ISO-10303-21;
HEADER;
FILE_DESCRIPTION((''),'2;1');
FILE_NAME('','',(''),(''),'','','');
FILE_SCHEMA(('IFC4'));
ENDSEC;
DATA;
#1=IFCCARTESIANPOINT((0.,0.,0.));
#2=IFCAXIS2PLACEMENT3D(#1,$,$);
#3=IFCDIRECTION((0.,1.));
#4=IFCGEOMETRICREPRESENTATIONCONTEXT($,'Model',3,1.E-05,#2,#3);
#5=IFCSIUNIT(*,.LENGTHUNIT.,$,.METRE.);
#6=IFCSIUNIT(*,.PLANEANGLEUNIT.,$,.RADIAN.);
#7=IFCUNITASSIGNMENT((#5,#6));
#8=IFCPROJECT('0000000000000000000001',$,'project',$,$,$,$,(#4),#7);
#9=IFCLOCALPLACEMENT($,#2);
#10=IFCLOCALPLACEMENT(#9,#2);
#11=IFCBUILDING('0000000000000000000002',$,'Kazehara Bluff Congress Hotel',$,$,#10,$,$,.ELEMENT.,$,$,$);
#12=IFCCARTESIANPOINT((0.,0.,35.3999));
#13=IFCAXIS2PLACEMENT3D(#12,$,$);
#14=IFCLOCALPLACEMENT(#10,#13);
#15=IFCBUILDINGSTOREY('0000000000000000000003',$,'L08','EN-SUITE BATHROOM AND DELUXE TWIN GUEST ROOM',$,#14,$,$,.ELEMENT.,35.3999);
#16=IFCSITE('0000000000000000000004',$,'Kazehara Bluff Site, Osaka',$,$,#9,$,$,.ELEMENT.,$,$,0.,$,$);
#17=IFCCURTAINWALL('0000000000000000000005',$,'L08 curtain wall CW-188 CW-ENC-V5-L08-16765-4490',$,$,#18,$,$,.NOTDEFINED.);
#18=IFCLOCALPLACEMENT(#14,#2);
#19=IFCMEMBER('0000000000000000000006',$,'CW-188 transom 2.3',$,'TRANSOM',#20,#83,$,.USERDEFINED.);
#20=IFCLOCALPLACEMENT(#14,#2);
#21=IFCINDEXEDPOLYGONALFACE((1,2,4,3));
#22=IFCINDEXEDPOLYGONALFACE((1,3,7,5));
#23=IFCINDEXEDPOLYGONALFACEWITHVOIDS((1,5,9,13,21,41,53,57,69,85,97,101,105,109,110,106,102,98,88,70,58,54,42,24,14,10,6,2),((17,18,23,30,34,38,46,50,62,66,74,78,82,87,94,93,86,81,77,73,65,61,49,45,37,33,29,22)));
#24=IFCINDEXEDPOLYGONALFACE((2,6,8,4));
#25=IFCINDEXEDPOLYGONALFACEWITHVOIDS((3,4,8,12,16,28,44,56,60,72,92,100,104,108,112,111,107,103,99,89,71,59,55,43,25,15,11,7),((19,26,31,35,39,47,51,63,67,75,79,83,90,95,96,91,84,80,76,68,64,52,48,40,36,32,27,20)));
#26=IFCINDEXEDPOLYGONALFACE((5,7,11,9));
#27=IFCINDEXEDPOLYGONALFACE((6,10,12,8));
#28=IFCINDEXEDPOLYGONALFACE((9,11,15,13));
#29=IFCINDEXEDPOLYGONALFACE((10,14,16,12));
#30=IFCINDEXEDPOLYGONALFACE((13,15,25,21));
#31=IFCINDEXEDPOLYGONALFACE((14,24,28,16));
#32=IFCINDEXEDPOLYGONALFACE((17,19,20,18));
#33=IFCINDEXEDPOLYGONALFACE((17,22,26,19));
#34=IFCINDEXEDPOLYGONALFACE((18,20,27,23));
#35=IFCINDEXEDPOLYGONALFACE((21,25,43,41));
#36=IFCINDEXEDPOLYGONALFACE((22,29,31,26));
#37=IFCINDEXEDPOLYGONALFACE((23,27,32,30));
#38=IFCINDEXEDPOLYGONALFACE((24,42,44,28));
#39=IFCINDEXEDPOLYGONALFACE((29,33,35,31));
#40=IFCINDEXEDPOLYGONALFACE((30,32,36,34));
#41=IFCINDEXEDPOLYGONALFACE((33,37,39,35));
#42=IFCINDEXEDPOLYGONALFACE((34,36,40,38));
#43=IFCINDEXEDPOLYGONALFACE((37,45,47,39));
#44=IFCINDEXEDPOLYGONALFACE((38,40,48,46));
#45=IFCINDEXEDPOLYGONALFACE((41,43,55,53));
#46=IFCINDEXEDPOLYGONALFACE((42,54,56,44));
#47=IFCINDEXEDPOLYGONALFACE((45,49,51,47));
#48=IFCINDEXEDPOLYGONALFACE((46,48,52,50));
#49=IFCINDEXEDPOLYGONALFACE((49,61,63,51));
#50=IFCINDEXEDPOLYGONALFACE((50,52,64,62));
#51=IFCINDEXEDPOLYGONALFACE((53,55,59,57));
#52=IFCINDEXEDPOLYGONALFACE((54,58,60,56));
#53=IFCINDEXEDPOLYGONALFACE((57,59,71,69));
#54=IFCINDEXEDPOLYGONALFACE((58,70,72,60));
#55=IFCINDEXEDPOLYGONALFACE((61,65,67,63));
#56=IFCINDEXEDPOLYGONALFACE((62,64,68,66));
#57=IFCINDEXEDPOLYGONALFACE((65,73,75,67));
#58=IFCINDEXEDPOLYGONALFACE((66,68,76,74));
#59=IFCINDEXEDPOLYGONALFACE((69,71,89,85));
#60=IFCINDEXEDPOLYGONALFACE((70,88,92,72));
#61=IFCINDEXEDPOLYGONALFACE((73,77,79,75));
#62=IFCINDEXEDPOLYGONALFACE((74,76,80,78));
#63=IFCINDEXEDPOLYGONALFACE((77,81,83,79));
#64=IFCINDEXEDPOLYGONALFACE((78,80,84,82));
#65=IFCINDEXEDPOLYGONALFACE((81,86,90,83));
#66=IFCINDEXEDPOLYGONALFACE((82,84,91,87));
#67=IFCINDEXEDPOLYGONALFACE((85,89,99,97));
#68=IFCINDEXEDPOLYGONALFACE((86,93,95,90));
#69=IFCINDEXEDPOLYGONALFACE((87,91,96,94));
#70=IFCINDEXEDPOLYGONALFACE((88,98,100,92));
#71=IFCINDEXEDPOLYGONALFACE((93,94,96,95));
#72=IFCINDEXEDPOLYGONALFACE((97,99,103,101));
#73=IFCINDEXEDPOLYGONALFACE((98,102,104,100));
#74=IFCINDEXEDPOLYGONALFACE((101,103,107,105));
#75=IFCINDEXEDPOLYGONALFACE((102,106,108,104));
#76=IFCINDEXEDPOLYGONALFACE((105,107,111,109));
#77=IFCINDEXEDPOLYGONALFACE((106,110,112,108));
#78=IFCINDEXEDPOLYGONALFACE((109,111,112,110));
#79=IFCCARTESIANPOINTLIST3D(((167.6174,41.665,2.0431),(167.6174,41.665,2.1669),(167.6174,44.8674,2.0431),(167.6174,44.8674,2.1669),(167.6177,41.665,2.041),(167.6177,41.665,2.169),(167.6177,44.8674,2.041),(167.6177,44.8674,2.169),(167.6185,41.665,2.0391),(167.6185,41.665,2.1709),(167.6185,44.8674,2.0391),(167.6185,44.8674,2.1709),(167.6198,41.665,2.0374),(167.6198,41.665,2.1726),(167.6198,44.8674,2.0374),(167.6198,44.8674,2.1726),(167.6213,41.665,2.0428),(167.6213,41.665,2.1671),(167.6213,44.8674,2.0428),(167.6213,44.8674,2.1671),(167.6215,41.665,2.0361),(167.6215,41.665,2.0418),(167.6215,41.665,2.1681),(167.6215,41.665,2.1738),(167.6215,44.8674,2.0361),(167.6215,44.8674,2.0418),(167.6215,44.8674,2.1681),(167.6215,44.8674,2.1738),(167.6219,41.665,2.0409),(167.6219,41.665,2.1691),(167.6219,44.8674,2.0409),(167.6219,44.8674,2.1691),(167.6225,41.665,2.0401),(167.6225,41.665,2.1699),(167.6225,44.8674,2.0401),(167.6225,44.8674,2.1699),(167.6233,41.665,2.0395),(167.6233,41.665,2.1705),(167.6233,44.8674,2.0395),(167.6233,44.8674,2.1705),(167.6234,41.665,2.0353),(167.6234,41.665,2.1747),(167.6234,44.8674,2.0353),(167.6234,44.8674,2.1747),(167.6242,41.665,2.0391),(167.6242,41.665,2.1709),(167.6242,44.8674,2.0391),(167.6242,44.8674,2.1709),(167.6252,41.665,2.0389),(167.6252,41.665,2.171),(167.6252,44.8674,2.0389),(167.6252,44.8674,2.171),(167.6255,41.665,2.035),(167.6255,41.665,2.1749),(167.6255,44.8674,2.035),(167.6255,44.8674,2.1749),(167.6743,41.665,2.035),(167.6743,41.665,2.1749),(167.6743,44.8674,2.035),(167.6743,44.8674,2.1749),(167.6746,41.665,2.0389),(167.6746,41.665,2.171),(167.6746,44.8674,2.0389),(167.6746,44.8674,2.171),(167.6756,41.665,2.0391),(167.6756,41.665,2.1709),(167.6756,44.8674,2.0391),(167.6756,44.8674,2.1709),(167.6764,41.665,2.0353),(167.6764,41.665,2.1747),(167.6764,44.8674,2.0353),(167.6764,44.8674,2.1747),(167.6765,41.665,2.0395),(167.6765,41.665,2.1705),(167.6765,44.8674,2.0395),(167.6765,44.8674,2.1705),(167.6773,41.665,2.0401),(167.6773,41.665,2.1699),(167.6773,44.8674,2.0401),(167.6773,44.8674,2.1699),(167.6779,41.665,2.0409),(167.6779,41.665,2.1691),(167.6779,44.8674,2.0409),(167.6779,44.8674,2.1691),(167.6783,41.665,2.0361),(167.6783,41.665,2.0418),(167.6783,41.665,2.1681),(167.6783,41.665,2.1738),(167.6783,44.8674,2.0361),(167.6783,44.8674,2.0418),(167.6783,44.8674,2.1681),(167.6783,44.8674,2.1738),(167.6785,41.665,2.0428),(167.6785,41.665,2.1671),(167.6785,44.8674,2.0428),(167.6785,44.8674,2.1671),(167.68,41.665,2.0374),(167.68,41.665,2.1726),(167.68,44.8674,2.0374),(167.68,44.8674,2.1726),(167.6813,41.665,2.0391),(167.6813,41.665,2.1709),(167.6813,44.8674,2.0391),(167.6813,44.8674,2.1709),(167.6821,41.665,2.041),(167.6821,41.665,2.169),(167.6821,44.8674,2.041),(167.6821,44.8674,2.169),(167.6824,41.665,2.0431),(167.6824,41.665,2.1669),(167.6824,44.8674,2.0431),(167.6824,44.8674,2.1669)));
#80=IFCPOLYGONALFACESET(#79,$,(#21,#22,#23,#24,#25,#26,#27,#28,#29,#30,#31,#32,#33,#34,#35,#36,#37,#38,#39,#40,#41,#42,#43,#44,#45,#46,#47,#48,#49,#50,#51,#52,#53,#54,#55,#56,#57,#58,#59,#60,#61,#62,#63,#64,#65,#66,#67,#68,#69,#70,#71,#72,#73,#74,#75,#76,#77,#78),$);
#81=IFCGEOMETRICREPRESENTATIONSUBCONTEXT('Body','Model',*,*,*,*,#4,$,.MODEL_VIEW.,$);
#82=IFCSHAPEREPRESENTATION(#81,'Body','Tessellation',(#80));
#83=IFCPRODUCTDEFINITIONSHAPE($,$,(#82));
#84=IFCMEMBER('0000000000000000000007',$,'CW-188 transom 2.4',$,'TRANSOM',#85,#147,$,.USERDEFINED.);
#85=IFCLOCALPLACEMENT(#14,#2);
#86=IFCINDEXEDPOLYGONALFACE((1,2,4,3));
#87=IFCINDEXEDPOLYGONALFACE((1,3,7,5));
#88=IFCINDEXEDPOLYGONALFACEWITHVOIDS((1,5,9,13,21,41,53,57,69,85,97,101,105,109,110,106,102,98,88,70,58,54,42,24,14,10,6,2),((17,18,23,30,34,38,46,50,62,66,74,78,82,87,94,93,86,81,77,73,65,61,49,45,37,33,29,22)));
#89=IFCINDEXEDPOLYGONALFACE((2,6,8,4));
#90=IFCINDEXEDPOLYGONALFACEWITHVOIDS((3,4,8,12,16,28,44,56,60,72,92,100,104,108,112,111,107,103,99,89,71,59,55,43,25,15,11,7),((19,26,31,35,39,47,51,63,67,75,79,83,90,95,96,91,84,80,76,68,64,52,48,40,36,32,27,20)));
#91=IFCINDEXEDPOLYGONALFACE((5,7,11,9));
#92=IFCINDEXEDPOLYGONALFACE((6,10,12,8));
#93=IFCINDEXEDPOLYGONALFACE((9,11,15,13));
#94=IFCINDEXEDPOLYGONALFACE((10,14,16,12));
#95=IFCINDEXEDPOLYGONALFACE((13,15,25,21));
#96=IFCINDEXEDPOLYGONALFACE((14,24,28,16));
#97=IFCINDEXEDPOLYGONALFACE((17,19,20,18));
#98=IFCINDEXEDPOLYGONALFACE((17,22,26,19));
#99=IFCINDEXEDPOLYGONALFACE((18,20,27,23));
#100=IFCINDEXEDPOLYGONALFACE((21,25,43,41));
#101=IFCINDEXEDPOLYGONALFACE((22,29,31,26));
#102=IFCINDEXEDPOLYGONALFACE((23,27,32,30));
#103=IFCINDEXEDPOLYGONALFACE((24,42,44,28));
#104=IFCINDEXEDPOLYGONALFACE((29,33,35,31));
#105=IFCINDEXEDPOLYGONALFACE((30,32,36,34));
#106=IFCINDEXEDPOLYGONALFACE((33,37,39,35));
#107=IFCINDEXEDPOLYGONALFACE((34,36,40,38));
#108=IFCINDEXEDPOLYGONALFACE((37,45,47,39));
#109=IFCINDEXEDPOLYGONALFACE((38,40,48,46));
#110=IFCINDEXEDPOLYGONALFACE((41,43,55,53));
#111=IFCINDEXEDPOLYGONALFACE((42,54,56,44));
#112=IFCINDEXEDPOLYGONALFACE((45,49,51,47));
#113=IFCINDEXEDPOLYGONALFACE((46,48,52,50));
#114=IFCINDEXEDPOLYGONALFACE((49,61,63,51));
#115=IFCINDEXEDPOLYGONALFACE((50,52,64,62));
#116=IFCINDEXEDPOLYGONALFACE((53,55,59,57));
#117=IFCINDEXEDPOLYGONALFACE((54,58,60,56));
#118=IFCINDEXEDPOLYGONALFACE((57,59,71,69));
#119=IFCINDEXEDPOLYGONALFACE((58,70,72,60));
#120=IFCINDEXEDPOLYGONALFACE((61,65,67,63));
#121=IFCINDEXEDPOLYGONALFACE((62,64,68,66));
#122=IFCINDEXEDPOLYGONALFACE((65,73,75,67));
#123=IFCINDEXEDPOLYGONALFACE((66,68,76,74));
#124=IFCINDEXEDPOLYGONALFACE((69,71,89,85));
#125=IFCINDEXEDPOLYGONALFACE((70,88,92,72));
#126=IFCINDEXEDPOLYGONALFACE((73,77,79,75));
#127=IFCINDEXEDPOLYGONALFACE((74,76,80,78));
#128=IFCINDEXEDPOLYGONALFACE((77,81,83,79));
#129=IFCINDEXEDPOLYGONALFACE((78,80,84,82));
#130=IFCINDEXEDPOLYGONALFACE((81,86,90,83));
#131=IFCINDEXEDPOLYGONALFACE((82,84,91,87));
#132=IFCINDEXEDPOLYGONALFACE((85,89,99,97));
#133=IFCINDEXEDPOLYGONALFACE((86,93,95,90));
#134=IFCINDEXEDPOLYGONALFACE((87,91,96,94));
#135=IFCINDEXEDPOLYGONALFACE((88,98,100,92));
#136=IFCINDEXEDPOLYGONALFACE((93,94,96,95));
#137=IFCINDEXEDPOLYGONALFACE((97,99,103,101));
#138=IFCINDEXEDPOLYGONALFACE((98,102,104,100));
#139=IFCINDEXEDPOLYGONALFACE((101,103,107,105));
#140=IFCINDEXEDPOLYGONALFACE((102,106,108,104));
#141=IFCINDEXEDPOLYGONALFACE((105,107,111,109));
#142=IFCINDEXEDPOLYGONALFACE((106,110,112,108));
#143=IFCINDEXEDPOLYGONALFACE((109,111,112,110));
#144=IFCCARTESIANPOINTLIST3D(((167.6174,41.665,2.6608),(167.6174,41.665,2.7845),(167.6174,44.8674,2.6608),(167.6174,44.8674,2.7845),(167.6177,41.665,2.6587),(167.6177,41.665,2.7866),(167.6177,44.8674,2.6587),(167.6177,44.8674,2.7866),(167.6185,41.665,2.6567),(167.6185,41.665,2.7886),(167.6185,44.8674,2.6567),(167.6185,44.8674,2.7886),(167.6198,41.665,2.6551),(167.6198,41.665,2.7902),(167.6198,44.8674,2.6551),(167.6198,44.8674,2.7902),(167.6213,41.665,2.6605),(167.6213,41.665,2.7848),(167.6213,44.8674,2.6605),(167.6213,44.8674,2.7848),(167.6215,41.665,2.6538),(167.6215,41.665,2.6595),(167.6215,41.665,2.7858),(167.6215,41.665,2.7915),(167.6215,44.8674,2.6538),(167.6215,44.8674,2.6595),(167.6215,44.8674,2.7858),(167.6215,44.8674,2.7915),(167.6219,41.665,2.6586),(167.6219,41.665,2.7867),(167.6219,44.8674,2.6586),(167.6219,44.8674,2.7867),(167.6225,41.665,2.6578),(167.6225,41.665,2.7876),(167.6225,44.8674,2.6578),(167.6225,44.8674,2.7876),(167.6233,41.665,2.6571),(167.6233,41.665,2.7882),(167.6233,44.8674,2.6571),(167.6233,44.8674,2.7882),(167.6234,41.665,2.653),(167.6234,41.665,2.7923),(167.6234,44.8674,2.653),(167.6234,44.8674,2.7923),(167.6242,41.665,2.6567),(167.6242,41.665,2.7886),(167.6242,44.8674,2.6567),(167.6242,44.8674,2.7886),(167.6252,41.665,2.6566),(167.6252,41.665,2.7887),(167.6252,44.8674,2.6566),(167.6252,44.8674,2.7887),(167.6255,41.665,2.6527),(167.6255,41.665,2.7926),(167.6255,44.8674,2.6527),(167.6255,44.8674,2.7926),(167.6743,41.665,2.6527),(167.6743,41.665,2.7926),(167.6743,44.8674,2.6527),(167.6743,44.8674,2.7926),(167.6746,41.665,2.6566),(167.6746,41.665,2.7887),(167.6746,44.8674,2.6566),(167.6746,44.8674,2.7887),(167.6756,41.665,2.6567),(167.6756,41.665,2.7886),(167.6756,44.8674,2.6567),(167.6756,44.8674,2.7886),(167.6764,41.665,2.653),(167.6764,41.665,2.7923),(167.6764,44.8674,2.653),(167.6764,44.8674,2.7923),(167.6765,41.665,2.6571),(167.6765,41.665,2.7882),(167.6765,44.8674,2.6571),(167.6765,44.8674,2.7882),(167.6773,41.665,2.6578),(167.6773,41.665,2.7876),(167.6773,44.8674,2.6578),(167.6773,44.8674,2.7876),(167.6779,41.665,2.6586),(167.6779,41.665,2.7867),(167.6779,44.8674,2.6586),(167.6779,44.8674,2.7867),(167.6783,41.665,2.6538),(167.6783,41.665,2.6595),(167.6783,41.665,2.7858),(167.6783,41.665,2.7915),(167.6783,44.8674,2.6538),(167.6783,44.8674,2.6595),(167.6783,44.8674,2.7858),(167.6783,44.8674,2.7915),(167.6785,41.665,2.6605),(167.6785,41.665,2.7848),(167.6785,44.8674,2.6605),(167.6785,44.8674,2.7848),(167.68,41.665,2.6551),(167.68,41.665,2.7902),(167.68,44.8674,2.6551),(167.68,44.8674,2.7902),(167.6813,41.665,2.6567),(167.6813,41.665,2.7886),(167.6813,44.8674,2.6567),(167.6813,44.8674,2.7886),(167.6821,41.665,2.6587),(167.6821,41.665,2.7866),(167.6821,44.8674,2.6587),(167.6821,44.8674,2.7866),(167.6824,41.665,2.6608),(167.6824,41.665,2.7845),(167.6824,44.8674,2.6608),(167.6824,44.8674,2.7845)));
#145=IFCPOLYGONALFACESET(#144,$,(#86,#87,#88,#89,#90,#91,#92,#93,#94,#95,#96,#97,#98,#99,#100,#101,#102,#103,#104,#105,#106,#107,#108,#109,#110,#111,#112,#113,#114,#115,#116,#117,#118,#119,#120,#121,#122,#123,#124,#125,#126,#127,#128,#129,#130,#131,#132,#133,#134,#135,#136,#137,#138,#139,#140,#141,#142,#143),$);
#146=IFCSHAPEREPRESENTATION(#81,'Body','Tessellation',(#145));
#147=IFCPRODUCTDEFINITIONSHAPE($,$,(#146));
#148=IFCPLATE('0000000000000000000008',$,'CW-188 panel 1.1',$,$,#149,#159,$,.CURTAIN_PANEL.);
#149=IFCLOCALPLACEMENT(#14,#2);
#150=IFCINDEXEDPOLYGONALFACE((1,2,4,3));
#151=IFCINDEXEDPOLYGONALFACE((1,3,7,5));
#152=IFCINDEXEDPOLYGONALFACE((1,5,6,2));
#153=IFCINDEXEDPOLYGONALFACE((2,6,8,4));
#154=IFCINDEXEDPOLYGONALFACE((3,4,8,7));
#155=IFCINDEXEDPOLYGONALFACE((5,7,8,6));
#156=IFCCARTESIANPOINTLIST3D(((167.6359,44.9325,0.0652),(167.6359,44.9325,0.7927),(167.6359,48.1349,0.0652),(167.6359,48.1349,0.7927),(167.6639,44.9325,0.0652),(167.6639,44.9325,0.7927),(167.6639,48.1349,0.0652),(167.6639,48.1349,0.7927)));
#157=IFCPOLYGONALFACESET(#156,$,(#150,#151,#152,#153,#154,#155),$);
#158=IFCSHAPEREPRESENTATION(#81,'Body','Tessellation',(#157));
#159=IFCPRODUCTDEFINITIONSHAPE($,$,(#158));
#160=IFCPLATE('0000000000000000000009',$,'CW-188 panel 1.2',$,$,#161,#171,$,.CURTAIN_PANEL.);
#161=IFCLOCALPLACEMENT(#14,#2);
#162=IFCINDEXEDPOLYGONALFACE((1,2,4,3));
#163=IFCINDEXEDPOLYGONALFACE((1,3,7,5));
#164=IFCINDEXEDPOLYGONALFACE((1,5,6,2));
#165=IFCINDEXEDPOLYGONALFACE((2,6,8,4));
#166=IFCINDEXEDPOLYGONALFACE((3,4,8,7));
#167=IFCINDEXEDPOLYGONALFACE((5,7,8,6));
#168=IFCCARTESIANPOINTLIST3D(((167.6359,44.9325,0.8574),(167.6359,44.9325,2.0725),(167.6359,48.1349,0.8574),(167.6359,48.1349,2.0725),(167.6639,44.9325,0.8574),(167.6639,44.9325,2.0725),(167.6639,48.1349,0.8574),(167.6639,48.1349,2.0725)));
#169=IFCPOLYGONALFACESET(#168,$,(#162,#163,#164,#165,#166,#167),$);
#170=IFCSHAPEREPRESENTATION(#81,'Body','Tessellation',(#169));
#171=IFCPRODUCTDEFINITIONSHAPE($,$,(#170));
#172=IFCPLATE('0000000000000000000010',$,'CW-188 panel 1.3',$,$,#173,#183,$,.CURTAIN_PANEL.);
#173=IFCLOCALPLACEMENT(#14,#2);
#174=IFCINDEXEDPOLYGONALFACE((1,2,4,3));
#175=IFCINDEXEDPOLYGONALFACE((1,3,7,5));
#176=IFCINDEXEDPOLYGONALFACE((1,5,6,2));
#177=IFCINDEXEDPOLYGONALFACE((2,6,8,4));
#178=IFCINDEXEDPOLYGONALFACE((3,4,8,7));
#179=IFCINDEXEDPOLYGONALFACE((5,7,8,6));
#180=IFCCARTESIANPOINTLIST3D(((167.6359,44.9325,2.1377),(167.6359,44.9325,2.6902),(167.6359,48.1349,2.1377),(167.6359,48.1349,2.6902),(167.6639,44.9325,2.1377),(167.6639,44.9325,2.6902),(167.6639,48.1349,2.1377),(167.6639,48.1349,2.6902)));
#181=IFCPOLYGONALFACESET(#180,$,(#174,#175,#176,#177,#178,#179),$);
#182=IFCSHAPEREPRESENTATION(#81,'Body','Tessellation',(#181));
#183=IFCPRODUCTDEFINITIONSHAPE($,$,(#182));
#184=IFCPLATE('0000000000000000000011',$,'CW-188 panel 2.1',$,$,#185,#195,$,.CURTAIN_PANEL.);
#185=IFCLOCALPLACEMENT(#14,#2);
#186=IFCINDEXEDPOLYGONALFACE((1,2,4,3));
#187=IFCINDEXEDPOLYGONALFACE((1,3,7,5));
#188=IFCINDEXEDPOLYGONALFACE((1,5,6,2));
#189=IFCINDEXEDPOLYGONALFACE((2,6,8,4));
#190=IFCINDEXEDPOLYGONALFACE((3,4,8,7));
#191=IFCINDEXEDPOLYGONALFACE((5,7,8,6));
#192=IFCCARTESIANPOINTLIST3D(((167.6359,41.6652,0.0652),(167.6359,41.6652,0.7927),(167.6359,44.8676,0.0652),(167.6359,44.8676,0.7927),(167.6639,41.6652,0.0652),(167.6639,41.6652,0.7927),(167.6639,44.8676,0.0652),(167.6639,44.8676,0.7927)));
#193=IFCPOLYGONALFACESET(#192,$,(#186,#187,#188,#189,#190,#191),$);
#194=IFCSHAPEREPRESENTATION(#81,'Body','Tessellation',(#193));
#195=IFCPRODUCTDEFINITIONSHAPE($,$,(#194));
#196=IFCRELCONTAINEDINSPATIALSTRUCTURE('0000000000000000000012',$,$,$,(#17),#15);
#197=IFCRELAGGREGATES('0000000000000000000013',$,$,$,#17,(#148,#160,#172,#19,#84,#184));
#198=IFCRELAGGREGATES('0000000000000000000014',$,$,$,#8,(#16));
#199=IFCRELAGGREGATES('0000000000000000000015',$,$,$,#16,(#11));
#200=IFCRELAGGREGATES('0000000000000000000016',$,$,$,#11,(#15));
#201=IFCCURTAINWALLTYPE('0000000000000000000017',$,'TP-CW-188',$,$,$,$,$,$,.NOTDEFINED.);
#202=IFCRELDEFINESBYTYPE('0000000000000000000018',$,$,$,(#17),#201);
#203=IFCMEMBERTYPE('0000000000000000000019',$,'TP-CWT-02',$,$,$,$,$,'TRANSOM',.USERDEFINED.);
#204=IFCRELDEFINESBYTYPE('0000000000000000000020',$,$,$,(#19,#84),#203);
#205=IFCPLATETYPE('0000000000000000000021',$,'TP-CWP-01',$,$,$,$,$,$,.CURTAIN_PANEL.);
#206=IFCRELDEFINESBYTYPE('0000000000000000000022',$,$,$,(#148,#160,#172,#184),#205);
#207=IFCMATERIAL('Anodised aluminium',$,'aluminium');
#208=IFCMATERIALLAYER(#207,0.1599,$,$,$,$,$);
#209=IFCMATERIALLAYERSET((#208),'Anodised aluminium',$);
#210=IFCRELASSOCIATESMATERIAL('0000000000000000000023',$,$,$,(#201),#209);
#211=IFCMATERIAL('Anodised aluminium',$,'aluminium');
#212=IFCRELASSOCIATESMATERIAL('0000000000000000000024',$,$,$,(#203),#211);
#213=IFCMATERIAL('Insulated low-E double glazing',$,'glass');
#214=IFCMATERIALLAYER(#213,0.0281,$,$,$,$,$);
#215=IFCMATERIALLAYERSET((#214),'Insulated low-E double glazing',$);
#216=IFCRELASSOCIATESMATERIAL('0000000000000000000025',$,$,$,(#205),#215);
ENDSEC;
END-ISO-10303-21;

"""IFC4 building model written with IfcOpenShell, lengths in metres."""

from ifc_helpers import new_model, si_unit, direction, frame, origin, origin_2d, place, context, subcontext, project, spatial, rectangle, hollow_rectangle, extrude, material, layer, layer_set, material_profile, profile_set, type_object, element, aggregate, save


model = new_model("IFC4")

# Units and contexts
model_context = context("Model", 3, precision=1e-05, world=origin(), true_north=direction((0.0, 1.0)))
body_context = subcontext(model_context, "Body", "Model", "MODEL_VIEW")
ifc_project = project(units=[si_unit("LENGTHUNIT", "METRE"), si_unit("PLANEANGLEUNIT", "RADIAN")], contexts=[model_context])

# Site, building, storey
site_placement = place(None, origin())
site = spatial("IfcSite", under=ifc_project, at=site_placement, Name="Kazehara Bluff Site, Osaka", CompositionType="ELEMENT", RefElevation=0.0)
building_placement = place(site_placement, origin())
building = spatial("IfcBuilding", under=site, at=building_placement, Name="Kazehara Bluff Congress Hotel", CompositionType="ELEMENT")
storey_placement = place(building_placement, frame((0.0, 0.0, 35.3999)))
storey = spatial("IfcBuildingStorey", under=building, at=storey_placement, Name="L08", Description="EN-SUITE BATHROOM AND DELUXE TWIN GUEST ROOM", CompositionType="ELEMENT", Elevation=35.3999)

# Curtain wall, members, plates
ifc_material_1 = material(Name="Anodised aluminium", Category="aluminium")
ifc_layer_1 = layer(ifc_material_1, 0.1599)
ifc_layer_set_1 = layer_set([ifc_layer_1], Name="Anodised aluminium")
curtain_wall_type = type_object("IfcCurtainWallType", Name="TP-CW-188", PredefinedType="NOTDEFINED", material=ifc_layer_set_1)
curtain_wall_placement = place(storey_placement, origin())
curtain_wall = element("IfcCurtainWall", 1, at=curtain_wall_placement, inside=storey, type_object=curtain_wall_type, Name="L08 curtain wall CW-188 CW-ENC-V5-L08-16765-4490", PredefinedType="NOTDEFINED")
ifc_material_2 = material(Name="Anodised aluminium", Category="aluminium")
ifc_material_profile_1 = material_profile(ifc_material_2, hollow_rectangle(XDim=0.0649, YDim=0.1399, WallThickness=0.0039, InnerFilletRadius=0.0039, OuterFilletRadius=0.0081, at=origin_2d()))
ifc_profile_set_1 = profile_set([ifc_material_profile_1], Name="Anodised aluminium")
member_type_1 = type_object("IfcMemberType", Name="TP-CWT-02", ElementType="TRANSOM", PredefinedType="USERDEFINED", material=ifc_profile_set_1)
member_1_placement = place(storey_placement, frame((167.6499, 44.8674, 2.105), z_axis=(0.0, -1.0, 0.0), x_axis=(1.0, 0.0, 0.0)))
member_1 = element("IfcMember", 2, at=member_1_placement, type_object=member_type_1, Name="CW-188 transom 2.3", ObjectType="TRANSOM", PredefinedType="USERDEFINED", context=body_context, shape_type="SweptSolid", body=[
    extrude(hollow_rectangle(XDim=0.0649, YDim=0.1399, WallThickness=0.0039, InnerFilletRadius=0.0039, OuterFilletRadius=0.0081, at=origin_2d()), origin(), (0.0, 0.0, 1.0), 3.2024),
])
member_2_placement = place(storey_placement, frame((167.6499, 44.8674, 2.7227), z_axis=(0.0, -1.0, 0.0), x_axis=(1.0, 0.0, 0.0)))
member_2 = element("IfcMember", 3, at=member_2_placement, type_object=member_type_1, Name="CW-188 transom 2.4", ObjectType="TRANSOM", PredefinedType="USERDEFINED", context=body_context, shape_type="SweptSolid", body=[
    extrude(hollow_rectangle(XDim=0.0649, YDim=0.1399, WallThickness=0.0039, InnerFilletRadius=0.0039, OuterFilletRadius=0.0081, at=origin_2d()), origin(), (0.0, 0.0, 1.0), 3.2024),
])
ifc_material_3 = material(Name="Insulated low-E double glazing", Category="glass")
ifc_layer_2 = layer(ifc_material_3, 0.0281)
ifc_layer_set_2 = layer_set([ifc_layer_2], Name="Insulated low-E double glazing")
plate_type = type_object("IfcPlateType", Name="TP-CWP-01", PredefinedType="CURTAIN_PANEL", material=ifc_layer_set_2)
plate_1_placement = place(storey_placement, frame((167.6499, 46.5337, 0.0652), z_axis=(0.0, 0.0, 1.0), x_axis=(0.0, -1.0, 0.0)))
plate_1 = element("IfcPlate", 4, at=plate_1_placement, type_object=plate_type, Name="CW-188 panel 1.1", PredefinedType="CURTAIN_PANEL", context=body_context, shape_type="SweptSolid", body=[
    extrude(rectangle(XDim=3.2024, YDim=0.0281, at=origin_2d()), origin(), (0.0, 0.0, 1.0), 0.7275),
])
plate_2_placement = place(storey_placement, frame((167.6499, 46.5337, 0.8574), z_axis=(0.0, 0.0, 1.0), x_axis=(0.0, -1.0, 0.0)))
plate_2 = element("IfcPlate", 5, at=plate_2_placement, type_object=plate_type, Name="CW-188 panel 1.2", PredefinedType="CURTAIN_PANEL", context=body_context, shape_type="SweptSolid", body=[
    extrude(rectangle(XDim=3.2024, YDim=0.0281, at=origin_2d()), origin(), (0.0, 0.0, 1.0), 1.2151),
])
plate_3_placement = place(storey_placement, frame((167.6499, 46.5337, 2.1377), z_axis=(0.0, 0.0, 1.0), x_axis=(0.0, -1.0, 0.0)))
plate_3 = element("IfcPlate", 6, at=plate_3_placement, type_object=plate_type, Name="CW-188 panel 1.3", PredefinedType="CURTAIN_PANEL", context=body_context, shape_type="SweptSolid", body=[
    extrude(rectangle(XDim=3.2024, YDim=0.0281, at=origin_2d()), origin(), (0.0, 0.0, 1.0), 0.5525),
])
plate_4_placement = place(storey_placement, frame((167.6499, 43.2664, 0.0652), z_axis=(0.0, 0.0, 1.0), x_axis=(0.0, -1.0, 0.0)))
plate_4 = element("IfcPlate", 7, at=plate_4_placement, type_object=plate_type, Name="CW-188 panel 2.1", PredefinedType="CURTAIN_PANEL", context=body_context, shape_type="SweptSolid", body=[
    extrude(rectangle(XDim=3.2024, YDim=0.0281, at=origin_2d()), origin(), (0.0, 0.0, 1.0), 0.7275),
])
aggregate(curtain_wall, [plate_1, plate_2, plate_3, member_1, member_2, plate_4])

save(model, "model.ifc")
